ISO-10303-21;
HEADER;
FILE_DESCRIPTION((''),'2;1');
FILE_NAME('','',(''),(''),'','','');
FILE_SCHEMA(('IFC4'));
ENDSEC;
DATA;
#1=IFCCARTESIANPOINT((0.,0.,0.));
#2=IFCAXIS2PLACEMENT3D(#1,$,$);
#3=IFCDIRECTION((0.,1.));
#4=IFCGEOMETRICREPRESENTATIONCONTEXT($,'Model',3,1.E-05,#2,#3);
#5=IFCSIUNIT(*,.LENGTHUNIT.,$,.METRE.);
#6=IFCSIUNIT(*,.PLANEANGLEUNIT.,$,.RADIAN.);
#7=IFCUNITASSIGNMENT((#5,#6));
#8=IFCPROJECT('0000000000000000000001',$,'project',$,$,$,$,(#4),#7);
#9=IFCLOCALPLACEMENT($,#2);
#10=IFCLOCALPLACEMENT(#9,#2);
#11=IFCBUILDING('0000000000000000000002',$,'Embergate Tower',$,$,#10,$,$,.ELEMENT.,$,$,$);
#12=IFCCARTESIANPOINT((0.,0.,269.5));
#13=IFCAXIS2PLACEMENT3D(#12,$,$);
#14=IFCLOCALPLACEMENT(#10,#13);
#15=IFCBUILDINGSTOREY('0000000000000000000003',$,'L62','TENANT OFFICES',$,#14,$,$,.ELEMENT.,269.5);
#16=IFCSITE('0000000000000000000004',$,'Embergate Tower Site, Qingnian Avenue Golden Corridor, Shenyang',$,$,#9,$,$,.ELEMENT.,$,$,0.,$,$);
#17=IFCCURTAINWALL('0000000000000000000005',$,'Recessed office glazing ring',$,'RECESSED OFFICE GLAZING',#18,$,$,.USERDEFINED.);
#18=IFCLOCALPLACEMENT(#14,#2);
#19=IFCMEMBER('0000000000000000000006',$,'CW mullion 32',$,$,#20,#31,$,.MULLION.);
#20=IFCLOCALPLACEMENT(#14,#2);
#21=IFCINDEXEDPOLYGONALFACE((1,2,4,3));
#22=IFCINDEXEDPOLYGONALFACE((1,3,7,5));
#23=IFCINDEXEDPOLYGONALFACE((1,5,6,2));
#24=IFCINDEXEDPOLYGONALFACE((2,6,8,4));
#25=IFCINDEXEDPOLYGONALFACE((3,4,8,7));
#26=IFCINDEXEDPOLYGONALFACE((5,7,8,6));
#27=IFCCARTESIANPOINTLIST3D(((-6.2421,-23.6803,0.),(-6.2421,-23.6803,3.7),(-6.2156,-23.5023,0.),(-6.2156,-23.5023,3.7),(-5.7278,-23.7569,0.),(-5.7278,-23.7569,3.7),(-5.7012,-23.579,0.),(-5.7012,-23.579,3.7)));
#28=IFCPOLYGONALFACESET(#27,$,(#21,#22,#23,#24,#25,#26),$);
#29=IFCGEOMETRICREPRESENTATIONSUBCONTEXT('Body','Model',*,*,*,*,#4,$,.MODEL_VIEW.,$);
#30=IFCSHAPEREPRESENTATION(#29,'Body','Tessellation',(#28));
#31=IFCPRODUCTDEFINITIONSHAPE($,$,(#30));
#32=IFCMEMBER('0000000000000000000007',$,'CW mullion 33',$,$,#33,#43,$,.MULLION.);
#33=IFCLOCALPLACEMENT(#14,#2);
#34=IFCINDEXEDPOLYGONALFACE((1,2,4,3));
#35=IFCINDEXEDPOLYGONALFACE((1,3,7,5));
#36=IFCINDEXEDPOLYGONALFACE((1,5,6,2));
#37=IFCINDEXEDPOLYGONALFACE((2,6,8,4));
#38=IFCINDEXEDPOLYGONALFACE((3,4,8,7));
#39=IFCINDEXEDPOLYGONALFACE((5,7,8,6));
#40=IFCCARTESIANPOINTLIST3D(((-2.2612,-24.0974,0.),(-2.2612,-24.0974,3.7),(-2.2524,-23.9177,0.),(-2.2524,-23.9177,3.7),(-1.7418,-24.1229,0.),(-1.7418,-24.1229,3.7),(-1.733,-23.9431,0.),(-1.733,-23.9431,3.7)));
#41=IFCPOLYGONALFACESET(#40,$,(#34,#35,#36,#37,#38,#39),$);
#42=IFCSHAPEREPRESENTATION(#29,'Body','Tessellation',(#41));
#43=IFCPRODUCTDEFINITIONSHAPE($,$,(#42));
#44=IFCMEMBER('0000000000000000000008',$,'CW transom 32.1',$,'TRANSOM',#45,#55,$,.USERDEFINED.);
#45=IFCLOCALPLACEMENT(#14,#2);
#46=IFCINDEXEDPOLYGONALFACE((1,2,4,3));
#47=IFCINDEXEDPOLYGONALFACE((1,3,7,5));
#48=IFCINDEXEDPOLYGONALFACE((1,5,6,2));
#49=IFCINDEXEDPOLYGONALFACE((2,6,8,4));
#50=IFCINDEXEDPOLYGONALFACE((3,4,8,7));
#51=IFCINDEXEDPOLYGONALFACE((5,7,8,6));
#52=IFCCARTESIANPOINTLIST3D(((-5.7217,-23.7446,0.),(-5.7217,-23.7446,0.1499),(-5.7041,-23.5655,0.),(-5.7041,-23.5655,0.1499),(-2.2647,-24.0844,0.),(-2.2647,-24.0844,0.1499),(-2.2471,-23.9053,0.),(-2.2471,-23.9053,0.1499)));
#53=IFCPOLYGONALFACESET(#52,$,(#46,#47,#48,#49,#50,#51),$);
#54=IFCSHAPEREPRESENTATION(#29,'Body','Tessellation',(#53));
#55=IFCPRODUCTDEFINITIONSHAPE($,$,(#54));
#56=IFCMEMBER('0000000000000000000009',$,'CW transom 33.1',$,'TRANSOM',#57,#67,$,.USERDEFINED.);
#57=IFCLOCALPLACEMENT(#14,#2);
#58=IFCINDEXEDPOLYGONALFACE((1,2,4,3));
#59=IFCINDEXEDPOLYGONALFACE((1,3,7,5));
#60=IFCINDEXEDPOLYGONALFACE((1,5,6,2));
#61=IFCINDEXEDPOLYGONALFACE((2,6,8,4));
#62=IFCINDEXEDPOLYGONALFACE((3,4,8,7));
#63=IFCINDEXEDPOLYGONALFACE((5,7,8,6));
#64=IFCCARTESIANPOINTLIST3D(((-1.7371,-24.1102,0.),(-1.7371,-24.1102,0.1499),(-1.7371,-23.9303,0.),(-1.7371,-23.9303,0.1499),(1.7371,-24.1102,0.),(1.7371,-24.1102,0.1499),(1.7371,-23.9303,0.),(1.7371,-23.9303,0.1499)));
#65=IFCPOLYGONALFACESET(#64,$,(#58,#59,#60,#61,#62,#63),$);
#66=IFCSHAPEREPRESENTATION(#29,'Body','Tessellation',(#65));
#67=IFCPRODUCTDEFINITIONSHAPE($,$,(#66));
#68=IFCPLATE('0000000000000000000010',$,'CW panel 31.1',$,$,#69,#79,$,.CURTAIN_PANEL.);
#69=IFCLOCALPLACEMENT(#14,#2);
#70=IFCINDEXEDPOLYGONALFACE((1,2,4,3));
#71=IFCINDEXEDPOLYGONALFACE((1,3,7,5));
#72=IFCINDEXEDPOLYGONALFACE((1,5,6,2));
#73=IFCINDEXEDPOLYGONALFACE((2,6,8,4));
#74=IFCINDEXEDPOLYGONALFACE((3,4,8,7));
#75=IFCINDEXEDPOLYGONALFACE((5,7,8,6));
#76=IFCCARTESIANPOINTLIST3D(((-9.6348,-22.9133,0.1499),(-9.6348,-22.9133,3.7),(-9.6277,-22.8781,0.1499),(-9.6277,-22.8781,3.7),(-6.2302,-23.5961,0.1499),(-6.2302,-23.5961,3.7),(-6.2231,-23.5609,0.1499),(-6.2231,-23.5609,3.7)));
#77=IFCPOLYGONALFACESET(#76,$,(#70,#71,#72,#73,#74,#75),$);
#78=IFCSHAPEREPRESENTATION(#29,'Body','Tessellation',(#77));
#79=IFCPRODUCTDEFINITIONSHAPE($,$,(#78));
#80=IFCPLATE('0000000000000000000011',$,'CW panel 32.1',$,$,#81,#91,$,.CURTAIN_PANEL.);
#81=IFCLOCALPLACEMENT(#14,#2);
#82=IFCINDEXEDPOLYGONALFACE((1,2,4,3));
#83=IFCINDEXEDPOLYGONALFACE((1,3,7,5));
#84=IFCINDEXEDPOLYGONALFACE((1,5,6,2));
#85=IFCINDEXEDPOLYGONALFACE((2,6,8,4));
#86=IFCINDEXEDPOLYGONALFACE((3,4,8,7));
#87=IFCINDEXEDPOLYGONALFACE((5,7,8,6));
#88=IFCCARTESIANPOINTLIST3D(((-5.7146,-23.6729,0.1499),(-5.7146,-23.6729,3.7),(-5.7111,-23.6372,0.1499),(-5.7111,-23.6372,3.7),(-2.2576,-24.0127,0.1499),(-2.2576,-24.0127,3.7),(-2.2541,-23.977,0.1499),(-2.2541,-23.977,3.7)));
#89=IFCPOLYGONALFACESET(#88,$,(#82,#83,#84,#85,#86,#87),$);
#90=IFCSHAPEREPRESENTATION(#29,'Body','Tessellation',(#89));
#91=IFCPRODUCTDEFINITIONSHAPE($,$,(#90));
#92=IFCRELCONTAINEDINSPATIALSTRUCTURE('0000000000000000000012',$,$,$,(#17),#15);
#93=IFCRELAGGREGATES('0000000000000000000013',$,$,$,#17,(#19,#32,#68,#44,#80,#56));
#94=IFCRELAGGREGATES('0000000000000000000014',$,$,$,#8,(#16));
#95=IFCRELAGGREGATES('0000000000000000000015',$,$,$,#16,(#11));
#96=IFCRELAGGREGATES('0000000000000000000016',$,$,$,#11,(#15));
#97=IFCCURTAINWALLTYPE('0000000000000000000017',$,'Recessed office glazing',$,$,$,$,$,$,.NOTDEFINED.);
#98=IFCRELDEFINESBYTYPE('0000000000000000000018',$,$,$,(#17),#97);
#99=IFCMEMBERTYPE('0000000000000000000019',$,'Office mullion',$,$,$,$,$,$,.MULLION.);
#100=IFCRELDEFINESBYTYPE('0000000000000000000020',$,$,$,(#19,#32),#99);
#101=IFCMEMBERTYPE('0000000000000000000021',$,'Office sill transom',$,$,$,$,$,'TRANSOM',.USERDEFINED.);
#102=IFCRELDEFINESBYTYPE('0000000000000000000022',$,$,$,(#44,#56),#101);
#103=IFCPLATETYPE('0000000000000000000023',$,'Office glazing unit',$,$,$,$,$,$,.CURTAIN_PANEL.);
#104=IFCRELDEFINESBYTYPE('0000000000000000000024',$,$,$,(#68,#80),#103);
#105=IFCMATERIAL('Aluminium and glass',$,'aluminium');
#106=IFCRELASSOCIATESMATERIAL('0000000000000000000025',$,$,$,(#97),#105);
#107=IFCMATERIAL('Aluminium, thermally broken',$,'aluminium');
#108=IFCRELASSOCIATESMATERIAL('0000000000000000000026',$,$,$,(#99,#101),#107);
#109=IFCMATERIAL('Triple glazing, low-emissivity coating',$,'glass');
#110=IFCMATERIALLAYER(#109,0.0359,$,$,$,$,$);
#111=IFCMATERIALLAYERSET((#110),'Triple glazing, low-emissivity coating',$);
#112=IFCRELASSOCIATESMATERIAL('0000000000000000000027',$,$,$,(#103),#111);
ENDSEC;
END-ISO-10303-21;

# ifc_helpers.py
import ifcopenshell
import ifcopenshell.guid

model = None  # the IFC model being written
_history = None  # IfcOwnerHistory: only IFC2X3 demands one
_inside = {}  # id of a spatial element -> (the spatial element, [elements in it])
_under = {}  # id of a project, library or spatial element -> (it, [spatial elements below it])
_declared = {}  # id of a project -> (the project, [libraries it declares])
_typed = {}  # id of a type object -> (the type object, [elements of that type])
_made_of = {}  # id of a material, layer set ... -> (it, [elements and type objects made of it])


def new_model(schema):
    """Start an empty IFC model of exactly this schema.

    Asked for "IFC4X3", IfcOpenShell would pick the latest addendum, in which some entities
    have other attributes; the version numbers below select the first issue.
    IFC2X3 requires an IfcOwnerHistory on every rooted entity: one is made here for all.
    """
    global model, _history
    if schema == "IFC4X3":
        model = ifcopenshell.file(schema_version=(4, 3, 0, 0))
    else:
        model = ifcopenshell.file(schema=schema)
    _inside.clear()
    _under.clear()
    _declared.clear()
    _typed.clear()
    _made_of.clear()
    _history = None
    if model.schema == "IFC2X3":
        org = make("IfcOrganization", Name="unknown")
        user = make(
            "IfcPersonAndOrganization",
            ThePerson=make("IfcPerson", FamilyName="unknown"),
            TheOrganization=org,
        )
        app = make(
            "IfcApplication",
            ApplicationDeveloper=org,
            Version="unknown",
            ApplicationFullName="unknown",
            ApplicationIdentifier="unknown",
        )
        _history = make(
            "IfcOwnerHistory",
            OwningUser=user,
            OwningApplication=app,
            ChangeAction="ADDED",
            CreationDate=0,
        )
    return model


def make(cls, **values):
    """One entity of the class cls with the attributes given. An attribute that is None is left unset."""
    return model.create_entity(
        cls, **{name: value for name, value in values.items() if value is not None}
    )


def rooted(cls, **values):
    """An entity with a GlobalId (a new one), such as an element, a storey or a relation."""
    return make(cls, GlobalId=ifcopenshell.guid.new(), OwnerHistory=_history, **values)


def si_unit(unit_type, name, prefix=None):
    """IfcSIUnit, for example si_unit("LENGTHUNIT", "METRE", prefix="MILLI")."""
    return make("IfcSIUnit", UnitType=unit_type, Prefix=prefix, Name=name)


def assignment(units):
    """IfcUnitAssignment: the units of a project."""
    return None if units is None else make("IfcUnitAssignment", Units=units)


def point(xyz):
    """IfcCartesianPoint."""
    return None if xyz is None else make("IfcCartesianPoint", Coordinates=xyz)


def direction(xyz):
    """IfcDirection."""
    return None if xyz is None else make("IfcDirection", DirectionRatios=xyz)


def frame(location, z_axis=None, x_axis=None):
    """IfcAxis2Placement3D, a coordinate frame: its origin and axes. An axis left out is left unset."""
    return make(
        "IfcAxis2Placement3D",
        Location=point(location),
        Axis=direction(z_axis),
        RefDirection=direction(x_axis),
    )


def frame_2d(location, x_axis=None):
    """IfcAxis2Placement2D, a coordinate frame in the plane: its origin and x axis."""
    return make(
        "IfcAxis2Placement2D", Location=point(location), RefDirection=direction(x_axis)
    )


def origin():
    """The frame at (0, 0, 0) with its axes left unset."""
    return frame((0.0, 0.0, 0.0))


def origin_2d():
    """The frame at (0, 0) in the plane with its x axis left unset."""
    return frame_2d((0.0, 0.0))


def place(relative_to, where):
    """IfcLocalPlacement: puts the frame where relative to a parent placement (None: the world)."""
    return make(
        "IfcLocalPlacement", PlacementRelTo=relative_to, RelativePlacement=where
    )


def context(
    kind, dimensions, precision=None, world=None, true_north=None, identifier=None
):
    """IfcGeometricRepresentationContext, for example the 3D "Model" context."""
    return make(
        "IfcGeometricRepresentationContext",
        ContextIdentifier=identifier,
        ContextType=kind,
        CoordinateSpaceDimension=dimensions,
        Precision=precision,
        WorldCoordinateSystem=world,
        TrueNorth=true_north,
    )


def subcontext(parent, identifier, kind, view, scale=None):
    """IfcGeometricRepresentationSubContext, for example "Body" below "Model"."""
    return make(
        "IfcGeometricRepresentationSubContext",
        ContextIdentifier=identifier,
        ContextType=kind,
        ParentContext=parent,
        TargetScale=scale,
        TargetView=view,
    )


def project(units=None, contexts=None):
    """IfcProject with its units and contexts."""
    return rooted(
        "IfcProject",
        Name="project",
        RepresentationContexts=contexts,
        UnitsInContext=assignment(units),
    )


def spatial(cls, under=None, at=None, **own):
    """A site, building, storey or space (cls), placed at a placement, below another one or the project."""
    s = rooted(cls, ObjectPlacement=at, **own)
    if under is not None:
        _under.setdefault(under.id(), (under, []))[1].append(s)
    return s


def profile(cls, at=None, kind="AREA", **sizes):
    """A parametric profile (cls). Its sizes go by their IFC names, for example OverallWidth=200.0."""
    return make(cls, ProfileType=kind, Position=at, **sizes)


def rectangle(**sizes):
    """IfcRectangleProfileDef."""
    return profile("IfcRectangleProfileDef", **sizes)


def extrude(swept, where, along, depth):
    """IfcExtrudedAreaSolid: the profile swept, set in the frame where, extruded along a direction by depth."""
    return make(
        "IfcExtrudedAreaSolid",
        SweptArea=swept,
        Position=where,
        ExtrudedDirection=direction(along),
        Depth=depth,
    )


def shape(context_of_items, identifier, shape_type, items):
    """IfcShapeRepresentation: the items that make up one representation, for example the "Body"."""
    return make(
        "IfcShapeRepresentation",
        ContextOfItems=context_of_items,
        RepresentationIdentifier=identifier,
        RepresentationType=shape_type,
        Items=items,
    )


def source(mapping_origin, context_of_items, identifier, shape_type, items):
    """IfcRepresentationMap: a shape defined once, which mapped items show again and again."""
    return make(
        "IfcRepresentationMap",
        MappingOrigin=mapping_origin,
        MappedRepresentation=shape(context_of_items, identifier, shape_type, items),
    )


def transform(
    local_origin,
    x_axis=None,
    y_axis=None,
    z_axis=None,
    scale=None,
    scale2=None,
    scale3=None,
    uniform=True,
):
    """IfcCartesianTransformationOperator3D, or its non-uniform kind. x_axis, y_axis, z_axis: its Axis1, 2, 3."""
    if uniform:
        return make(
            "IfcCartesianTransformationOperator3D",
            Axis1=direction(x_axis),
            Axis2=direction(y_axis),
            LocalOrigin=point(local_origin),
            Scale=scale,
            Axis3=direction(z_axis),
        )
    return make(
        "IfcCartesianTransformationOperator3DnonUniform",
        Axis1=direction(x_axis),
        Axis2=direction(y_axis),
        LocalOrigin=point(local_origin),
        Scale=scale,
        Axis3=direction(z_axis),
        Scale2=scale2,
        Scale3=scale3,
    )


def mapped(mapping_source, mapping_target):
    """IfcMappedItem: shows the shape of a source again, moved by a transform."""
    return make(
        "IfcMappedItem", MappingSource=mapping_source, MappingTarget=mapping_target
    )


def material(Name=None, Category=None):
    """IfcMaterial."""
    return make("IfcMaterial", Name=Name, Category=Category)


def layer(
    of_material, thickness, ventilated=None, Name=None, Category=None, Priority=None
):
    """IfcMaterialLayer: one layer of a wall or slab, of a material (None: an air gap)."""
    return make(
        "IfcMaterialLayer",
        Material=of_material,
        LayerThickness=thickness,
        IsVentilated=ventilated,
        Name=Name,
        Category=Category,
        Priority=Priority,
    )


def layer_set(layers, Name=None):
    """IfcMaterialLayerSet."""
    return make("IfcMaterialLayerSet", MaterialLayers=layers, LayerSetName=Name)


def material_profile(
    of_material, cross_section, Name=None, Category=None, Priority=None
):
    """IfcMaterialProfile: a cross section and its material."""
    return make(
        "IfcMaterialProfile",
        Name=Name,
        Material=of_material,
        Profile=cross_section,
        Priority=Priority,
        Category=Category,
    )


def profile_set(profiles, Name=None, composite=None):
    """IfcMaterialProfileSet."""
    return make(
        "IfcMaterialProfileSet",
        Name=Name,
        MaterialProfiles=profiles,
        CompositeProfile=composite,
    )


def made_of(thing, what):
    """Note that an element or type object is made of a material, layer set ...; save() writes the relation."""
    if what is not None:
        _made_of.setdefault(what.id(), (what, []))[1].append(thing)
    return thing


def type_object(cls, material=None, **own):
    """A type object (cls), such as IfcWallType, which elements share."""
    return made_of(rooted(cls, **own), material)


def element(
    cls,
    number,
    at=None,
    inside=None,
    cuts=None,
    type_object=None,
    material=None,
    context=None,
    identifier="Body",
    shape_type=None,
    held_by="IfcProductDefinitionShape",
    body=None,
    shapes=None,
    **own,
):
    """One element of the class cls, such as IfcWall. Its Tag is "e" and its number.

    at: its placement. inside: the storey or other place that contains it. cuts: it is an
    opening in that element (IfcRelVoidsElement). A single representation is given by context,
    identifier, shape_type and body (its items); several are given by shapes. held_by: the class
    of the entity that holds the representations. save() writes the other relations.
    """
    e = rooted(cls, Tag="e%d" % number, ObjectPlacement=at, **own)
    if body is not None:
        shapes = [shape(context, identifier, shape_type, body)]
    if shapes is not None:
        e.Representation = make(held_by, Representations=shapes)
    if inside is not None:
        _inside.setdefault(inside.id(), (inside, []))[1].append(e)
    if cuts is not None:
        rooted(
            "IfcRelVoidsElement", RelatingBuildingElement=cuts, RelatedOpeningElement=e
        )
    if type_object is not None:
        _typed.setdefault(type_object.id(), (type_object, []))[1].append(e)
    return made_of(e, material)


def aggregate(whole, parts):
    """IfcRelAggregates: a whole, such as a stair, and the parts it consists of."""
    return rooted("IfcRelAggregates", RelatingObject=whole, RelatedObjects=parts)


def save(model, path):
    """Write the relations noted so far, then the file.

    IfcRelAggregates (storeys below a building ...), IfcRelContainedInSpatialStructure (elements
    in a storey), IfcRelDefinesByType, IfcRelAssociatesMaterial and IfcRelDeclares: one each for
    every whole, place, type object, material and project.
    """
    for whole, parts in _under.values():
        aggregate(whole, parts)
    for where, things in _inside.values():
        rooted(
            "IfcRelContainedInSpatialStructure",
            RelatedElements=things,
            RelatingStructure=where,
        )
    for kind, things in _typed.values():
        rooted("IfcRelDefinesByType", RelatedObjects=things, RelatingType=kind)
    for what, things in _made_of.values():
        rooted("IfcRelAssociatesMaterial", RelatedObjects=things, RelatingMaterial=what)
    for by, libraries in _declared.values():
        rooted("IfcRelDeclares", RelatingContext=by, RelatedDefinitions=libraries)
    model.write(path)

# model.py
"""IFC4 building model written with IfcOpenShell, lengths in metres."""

from ifc_helpers import new_model, si_unit, direction, frame, origin, origin_2d, place, context, subcontext, project, spatial, rectangle, extrude, source, transform, mapped, material, layer, layer_set, material_profile, profile_set, type_object, element, aggregate, save


model = new_model("IFC4")

# Units and contexts
model_context = context("Model", 3, precision=1e-05, world=origin(), true_north=direction((0.0, 1.0)))
body_context = subcontext(model_context, "Body", "Model", "MODEL_VIEW")
ifc_project = project(units=[si_unit("LENGTHUNIT", "METRE"), si_unit("PLANEANGLEUNIT", "RADIAN")], contexts=[model_context])

# Site, building, storey
site_placement = place(None, origin())
site = spatial("IfcSite", under=ifc_project, at=site_placement, Name="Embergate Tower Site, Qingnian Avenue Golden Corridor, Shenyang", CompositionType="ELEMENT", RefElevation=0.0)
building_placement = place(site_placement, origin())
building = spatial("IfcBuilding", under=site, at=building_placement, Name="Embergate Tower", CompositionType="ELEMENT")
storey_placement = place(building_placement, frame((0.0, 0.0, 269.5)))
storey = spatial("IfcBuildingStorey", under=building, at=storey_placement, Name="L62", Description="TENANT OFFICES", CompositionType="ELEMENT", Elevation=269.5)

# Curtain wall, members, plates
ifc_material_1 = material(Name="Aluminium and glass", Category="aluminium")
curtain_wall_type = type_object("IfcCurtainWallType", Name="Recessed office glazing", PredefinedType="NOTDEFINED", material=ifc_material_1)
curtain_wall_placement = place(storey_placement, origin())
curtain_wall = element("IfcCurtainWall", 1, at=curtain_wall_placement, inside=storey, type_object=curtain_wall_type, Name="Recessed office glazing ring", ObjectType="RECESSED OFFICE GLAZING", PredefinedType="USERDEFINED")
ifc_material_2 = material(Name="Aluminium, thermally broken", Category="aluminium")
ifc_material_profile_1 = material_profile(ifc_material_2, rectangle(XDim=0.1799, YDim=0.52, at=origin_2d()), Name="AL 520x180")
ifc_profile_set_1 = profile_set([ifc_material_profile_1], Name="Aluminium, thermally broken")
member_type_1 = type_object("IfcMemberType", Name="Office mullion", PredefinedType="MULLION", material=ifc_profile_set_1)
shared_shape_1 = source(origin(), body_context, "Body", "SweptSolid", [
    extrude(rectangle(XDim=0.1799, YDim=0.52, at=origin_2d()), origin(), (0.0, 0.0, 1.0), 3.7),
])
member_1_placement = place(storey_placement, frame((-5.9717, -23.6296, 0.0), z_axis=(0.0, 0.0, 1.0), x_axis=(0.147409, 0.989076, 0.0)))
member_1 = element("IfcMember", 2, at=member_1_placement, type_object=member_type_1, Name="CW mullion 32", PredefinedType="MULLION", context=body_context, shape_type="MappedRepresentation", body=[
    mapped(shared_shape_1, transform((0.0, 0.0, 0.0))),
])
member_2_placement = place(storey_placement, frame((-1.9971, -24.0203, 0.0), z_axis=(0.0, 0.0, 1.0), x_axis=(0.04897, 0.9988, 0.0)))
member_2 = element("IfcMember", 3, at=member_2_placement, type_object=member_type_1, Name="CW mullion 33", PredefinedType="MULLION", context=body_context, shape_type="MappedRepresentation", body=[
    mapped(shared_shape_1, transform((0.0, 0.0, 0.0))),
])
ifc_material_profile_2 = material_profile(ifc_material_2, rectangle(XDim=0.1799, YDim=0.1499, at=origin_2d()), Name="AL 150x180")
ifc_profile_set_2 = profile_set([ifc_material_profile_2], Name="Aluminium, thermally broken")
member_type_2 = type_object("IfcMemberType", Name="Office sill transom", ElementType="TRANSOM", PredefinedType="USERDEFINED", material=ifc_profile_set_2)
shared_shape_2 = source(origin(), body_context, "Body", "SweptSolid", [
    extrude(rectangle(XDim=0.1799, YDim=0.1499, at=origin_2d()), origin(), (0.0, 0.0, 1.0), 3.4736),
])
member_3_placement = place(storey_placement, frame((-5.7129, -23.655, 0.075), z_axis=(0.995203, -0.097833, 0.0), x_axis=(0.097833, 0.995203, 0.0)))
member_3 = element("IfcMember", 4, at=member_3_placement, type_object=member_type_2, Name="CW transom 32.1", ObjectType="TRANSOM", PredefinedType="USERDEFINED", context=body_context, shape_type="MappedRepresentation", body=[
    mapped(shared_shape_2, transform((0.0, 0.0, 0.0))),
])
shared_shape_3 = source(origin(), body_context, "Body", "SweptSolid", [
    extrude(rectangle(XDim=0.1799, YDim=0.1499, at=origin_2d()), origin(), (0.0, 0.0, 1.0), 3.4741),
])
member_4_placement = place(storey_placement, frame((-1.7371, -24.0203, 0.075), z_axis=(1.0, 0.0, 0.0), x_axis=(0.0, 1.0, 0.0)))
member_4 = element("IfcMember", 5, at=member_4_placement, type_object=member_type_2, Name="CW transom 33.1", ObjectType="TRANSOM", PredefinedType="USERDEFINED", context=body_context, shape_type="MappedRepresentation", body=[
    mapped(shared_shape_3, transform((0.0, 0.0, 0.0))),
])
ifc_material_3 = material(Name="Triple glazing, low-emissivity coating", Category="glass")
ifc_layer = layer(ifc_material_3, 0.0359)
ifc_layer_set = layer_set([ifc_layer], Name="Triple glazing, low-emissivity coating")
plate_type = type_object("IfcPlateType", Name="Office glazing unit", PredefinedType="CURTAIN_PANEL", material=ifc_layer_set)
shared_shape_4 = source(origin(), body_context, "Body", "SweptSolid", [
    extrude(rectangle(XDim=3.4724, YDim=0.0359, at=origin_2d()), origin(), (0.0, 0.0, 1.0), 3.55),
])
plate_1_placement = place(storey_placement, frame((-7.929, -23.2371, 0.1499), z_axis=(0.0, 0.0, 1.0), x_axis=(0.980476, -0.196638, 0.0)))
plate_1 = element("IfcPlate", 6, at=plate_1_placement, type_object=plate_type, Name="CW panel 31.1", PredefinedType="CURTAIN_PANEL", context=body_context, shape_type="MappedRepresentation", body=[
    mapped(shared_shape_4, transform((0.0, 0.0, 0.0))),
])
shared_shape_5 = source(origin(), body_context, "Body", "SweptSolid", [
    extrude(rectangle(XDim=3.4736, YDim=0.0359, at=origin_2d()), origin(), (0.0, 0.0, 1.0), 3.55),
])
plate_2_placement = place(storey_placement, frame((-3.9844, -23.825, 0.1499), z_axis=(0.0, 0.0, 1.0), x_axis=(0.995203, -0.097828, 0.0)))
plate_2 = element("IfcPlate", 7, at=plate_2_placement, type_object=plate_type, Name="CW panel 32.1", PredefinedType="CURTAIN_PANEL", context=body_context, shape_type="MappedRepresentation", body=[
    mapped(shared_shape_5, transform((0.0, 0.0, 0.0))),
])
aggregate(curtain_wall, [member_1, member_2, plate_1, member_3, plate_2, member_4])

save(model, "model.ifc")
